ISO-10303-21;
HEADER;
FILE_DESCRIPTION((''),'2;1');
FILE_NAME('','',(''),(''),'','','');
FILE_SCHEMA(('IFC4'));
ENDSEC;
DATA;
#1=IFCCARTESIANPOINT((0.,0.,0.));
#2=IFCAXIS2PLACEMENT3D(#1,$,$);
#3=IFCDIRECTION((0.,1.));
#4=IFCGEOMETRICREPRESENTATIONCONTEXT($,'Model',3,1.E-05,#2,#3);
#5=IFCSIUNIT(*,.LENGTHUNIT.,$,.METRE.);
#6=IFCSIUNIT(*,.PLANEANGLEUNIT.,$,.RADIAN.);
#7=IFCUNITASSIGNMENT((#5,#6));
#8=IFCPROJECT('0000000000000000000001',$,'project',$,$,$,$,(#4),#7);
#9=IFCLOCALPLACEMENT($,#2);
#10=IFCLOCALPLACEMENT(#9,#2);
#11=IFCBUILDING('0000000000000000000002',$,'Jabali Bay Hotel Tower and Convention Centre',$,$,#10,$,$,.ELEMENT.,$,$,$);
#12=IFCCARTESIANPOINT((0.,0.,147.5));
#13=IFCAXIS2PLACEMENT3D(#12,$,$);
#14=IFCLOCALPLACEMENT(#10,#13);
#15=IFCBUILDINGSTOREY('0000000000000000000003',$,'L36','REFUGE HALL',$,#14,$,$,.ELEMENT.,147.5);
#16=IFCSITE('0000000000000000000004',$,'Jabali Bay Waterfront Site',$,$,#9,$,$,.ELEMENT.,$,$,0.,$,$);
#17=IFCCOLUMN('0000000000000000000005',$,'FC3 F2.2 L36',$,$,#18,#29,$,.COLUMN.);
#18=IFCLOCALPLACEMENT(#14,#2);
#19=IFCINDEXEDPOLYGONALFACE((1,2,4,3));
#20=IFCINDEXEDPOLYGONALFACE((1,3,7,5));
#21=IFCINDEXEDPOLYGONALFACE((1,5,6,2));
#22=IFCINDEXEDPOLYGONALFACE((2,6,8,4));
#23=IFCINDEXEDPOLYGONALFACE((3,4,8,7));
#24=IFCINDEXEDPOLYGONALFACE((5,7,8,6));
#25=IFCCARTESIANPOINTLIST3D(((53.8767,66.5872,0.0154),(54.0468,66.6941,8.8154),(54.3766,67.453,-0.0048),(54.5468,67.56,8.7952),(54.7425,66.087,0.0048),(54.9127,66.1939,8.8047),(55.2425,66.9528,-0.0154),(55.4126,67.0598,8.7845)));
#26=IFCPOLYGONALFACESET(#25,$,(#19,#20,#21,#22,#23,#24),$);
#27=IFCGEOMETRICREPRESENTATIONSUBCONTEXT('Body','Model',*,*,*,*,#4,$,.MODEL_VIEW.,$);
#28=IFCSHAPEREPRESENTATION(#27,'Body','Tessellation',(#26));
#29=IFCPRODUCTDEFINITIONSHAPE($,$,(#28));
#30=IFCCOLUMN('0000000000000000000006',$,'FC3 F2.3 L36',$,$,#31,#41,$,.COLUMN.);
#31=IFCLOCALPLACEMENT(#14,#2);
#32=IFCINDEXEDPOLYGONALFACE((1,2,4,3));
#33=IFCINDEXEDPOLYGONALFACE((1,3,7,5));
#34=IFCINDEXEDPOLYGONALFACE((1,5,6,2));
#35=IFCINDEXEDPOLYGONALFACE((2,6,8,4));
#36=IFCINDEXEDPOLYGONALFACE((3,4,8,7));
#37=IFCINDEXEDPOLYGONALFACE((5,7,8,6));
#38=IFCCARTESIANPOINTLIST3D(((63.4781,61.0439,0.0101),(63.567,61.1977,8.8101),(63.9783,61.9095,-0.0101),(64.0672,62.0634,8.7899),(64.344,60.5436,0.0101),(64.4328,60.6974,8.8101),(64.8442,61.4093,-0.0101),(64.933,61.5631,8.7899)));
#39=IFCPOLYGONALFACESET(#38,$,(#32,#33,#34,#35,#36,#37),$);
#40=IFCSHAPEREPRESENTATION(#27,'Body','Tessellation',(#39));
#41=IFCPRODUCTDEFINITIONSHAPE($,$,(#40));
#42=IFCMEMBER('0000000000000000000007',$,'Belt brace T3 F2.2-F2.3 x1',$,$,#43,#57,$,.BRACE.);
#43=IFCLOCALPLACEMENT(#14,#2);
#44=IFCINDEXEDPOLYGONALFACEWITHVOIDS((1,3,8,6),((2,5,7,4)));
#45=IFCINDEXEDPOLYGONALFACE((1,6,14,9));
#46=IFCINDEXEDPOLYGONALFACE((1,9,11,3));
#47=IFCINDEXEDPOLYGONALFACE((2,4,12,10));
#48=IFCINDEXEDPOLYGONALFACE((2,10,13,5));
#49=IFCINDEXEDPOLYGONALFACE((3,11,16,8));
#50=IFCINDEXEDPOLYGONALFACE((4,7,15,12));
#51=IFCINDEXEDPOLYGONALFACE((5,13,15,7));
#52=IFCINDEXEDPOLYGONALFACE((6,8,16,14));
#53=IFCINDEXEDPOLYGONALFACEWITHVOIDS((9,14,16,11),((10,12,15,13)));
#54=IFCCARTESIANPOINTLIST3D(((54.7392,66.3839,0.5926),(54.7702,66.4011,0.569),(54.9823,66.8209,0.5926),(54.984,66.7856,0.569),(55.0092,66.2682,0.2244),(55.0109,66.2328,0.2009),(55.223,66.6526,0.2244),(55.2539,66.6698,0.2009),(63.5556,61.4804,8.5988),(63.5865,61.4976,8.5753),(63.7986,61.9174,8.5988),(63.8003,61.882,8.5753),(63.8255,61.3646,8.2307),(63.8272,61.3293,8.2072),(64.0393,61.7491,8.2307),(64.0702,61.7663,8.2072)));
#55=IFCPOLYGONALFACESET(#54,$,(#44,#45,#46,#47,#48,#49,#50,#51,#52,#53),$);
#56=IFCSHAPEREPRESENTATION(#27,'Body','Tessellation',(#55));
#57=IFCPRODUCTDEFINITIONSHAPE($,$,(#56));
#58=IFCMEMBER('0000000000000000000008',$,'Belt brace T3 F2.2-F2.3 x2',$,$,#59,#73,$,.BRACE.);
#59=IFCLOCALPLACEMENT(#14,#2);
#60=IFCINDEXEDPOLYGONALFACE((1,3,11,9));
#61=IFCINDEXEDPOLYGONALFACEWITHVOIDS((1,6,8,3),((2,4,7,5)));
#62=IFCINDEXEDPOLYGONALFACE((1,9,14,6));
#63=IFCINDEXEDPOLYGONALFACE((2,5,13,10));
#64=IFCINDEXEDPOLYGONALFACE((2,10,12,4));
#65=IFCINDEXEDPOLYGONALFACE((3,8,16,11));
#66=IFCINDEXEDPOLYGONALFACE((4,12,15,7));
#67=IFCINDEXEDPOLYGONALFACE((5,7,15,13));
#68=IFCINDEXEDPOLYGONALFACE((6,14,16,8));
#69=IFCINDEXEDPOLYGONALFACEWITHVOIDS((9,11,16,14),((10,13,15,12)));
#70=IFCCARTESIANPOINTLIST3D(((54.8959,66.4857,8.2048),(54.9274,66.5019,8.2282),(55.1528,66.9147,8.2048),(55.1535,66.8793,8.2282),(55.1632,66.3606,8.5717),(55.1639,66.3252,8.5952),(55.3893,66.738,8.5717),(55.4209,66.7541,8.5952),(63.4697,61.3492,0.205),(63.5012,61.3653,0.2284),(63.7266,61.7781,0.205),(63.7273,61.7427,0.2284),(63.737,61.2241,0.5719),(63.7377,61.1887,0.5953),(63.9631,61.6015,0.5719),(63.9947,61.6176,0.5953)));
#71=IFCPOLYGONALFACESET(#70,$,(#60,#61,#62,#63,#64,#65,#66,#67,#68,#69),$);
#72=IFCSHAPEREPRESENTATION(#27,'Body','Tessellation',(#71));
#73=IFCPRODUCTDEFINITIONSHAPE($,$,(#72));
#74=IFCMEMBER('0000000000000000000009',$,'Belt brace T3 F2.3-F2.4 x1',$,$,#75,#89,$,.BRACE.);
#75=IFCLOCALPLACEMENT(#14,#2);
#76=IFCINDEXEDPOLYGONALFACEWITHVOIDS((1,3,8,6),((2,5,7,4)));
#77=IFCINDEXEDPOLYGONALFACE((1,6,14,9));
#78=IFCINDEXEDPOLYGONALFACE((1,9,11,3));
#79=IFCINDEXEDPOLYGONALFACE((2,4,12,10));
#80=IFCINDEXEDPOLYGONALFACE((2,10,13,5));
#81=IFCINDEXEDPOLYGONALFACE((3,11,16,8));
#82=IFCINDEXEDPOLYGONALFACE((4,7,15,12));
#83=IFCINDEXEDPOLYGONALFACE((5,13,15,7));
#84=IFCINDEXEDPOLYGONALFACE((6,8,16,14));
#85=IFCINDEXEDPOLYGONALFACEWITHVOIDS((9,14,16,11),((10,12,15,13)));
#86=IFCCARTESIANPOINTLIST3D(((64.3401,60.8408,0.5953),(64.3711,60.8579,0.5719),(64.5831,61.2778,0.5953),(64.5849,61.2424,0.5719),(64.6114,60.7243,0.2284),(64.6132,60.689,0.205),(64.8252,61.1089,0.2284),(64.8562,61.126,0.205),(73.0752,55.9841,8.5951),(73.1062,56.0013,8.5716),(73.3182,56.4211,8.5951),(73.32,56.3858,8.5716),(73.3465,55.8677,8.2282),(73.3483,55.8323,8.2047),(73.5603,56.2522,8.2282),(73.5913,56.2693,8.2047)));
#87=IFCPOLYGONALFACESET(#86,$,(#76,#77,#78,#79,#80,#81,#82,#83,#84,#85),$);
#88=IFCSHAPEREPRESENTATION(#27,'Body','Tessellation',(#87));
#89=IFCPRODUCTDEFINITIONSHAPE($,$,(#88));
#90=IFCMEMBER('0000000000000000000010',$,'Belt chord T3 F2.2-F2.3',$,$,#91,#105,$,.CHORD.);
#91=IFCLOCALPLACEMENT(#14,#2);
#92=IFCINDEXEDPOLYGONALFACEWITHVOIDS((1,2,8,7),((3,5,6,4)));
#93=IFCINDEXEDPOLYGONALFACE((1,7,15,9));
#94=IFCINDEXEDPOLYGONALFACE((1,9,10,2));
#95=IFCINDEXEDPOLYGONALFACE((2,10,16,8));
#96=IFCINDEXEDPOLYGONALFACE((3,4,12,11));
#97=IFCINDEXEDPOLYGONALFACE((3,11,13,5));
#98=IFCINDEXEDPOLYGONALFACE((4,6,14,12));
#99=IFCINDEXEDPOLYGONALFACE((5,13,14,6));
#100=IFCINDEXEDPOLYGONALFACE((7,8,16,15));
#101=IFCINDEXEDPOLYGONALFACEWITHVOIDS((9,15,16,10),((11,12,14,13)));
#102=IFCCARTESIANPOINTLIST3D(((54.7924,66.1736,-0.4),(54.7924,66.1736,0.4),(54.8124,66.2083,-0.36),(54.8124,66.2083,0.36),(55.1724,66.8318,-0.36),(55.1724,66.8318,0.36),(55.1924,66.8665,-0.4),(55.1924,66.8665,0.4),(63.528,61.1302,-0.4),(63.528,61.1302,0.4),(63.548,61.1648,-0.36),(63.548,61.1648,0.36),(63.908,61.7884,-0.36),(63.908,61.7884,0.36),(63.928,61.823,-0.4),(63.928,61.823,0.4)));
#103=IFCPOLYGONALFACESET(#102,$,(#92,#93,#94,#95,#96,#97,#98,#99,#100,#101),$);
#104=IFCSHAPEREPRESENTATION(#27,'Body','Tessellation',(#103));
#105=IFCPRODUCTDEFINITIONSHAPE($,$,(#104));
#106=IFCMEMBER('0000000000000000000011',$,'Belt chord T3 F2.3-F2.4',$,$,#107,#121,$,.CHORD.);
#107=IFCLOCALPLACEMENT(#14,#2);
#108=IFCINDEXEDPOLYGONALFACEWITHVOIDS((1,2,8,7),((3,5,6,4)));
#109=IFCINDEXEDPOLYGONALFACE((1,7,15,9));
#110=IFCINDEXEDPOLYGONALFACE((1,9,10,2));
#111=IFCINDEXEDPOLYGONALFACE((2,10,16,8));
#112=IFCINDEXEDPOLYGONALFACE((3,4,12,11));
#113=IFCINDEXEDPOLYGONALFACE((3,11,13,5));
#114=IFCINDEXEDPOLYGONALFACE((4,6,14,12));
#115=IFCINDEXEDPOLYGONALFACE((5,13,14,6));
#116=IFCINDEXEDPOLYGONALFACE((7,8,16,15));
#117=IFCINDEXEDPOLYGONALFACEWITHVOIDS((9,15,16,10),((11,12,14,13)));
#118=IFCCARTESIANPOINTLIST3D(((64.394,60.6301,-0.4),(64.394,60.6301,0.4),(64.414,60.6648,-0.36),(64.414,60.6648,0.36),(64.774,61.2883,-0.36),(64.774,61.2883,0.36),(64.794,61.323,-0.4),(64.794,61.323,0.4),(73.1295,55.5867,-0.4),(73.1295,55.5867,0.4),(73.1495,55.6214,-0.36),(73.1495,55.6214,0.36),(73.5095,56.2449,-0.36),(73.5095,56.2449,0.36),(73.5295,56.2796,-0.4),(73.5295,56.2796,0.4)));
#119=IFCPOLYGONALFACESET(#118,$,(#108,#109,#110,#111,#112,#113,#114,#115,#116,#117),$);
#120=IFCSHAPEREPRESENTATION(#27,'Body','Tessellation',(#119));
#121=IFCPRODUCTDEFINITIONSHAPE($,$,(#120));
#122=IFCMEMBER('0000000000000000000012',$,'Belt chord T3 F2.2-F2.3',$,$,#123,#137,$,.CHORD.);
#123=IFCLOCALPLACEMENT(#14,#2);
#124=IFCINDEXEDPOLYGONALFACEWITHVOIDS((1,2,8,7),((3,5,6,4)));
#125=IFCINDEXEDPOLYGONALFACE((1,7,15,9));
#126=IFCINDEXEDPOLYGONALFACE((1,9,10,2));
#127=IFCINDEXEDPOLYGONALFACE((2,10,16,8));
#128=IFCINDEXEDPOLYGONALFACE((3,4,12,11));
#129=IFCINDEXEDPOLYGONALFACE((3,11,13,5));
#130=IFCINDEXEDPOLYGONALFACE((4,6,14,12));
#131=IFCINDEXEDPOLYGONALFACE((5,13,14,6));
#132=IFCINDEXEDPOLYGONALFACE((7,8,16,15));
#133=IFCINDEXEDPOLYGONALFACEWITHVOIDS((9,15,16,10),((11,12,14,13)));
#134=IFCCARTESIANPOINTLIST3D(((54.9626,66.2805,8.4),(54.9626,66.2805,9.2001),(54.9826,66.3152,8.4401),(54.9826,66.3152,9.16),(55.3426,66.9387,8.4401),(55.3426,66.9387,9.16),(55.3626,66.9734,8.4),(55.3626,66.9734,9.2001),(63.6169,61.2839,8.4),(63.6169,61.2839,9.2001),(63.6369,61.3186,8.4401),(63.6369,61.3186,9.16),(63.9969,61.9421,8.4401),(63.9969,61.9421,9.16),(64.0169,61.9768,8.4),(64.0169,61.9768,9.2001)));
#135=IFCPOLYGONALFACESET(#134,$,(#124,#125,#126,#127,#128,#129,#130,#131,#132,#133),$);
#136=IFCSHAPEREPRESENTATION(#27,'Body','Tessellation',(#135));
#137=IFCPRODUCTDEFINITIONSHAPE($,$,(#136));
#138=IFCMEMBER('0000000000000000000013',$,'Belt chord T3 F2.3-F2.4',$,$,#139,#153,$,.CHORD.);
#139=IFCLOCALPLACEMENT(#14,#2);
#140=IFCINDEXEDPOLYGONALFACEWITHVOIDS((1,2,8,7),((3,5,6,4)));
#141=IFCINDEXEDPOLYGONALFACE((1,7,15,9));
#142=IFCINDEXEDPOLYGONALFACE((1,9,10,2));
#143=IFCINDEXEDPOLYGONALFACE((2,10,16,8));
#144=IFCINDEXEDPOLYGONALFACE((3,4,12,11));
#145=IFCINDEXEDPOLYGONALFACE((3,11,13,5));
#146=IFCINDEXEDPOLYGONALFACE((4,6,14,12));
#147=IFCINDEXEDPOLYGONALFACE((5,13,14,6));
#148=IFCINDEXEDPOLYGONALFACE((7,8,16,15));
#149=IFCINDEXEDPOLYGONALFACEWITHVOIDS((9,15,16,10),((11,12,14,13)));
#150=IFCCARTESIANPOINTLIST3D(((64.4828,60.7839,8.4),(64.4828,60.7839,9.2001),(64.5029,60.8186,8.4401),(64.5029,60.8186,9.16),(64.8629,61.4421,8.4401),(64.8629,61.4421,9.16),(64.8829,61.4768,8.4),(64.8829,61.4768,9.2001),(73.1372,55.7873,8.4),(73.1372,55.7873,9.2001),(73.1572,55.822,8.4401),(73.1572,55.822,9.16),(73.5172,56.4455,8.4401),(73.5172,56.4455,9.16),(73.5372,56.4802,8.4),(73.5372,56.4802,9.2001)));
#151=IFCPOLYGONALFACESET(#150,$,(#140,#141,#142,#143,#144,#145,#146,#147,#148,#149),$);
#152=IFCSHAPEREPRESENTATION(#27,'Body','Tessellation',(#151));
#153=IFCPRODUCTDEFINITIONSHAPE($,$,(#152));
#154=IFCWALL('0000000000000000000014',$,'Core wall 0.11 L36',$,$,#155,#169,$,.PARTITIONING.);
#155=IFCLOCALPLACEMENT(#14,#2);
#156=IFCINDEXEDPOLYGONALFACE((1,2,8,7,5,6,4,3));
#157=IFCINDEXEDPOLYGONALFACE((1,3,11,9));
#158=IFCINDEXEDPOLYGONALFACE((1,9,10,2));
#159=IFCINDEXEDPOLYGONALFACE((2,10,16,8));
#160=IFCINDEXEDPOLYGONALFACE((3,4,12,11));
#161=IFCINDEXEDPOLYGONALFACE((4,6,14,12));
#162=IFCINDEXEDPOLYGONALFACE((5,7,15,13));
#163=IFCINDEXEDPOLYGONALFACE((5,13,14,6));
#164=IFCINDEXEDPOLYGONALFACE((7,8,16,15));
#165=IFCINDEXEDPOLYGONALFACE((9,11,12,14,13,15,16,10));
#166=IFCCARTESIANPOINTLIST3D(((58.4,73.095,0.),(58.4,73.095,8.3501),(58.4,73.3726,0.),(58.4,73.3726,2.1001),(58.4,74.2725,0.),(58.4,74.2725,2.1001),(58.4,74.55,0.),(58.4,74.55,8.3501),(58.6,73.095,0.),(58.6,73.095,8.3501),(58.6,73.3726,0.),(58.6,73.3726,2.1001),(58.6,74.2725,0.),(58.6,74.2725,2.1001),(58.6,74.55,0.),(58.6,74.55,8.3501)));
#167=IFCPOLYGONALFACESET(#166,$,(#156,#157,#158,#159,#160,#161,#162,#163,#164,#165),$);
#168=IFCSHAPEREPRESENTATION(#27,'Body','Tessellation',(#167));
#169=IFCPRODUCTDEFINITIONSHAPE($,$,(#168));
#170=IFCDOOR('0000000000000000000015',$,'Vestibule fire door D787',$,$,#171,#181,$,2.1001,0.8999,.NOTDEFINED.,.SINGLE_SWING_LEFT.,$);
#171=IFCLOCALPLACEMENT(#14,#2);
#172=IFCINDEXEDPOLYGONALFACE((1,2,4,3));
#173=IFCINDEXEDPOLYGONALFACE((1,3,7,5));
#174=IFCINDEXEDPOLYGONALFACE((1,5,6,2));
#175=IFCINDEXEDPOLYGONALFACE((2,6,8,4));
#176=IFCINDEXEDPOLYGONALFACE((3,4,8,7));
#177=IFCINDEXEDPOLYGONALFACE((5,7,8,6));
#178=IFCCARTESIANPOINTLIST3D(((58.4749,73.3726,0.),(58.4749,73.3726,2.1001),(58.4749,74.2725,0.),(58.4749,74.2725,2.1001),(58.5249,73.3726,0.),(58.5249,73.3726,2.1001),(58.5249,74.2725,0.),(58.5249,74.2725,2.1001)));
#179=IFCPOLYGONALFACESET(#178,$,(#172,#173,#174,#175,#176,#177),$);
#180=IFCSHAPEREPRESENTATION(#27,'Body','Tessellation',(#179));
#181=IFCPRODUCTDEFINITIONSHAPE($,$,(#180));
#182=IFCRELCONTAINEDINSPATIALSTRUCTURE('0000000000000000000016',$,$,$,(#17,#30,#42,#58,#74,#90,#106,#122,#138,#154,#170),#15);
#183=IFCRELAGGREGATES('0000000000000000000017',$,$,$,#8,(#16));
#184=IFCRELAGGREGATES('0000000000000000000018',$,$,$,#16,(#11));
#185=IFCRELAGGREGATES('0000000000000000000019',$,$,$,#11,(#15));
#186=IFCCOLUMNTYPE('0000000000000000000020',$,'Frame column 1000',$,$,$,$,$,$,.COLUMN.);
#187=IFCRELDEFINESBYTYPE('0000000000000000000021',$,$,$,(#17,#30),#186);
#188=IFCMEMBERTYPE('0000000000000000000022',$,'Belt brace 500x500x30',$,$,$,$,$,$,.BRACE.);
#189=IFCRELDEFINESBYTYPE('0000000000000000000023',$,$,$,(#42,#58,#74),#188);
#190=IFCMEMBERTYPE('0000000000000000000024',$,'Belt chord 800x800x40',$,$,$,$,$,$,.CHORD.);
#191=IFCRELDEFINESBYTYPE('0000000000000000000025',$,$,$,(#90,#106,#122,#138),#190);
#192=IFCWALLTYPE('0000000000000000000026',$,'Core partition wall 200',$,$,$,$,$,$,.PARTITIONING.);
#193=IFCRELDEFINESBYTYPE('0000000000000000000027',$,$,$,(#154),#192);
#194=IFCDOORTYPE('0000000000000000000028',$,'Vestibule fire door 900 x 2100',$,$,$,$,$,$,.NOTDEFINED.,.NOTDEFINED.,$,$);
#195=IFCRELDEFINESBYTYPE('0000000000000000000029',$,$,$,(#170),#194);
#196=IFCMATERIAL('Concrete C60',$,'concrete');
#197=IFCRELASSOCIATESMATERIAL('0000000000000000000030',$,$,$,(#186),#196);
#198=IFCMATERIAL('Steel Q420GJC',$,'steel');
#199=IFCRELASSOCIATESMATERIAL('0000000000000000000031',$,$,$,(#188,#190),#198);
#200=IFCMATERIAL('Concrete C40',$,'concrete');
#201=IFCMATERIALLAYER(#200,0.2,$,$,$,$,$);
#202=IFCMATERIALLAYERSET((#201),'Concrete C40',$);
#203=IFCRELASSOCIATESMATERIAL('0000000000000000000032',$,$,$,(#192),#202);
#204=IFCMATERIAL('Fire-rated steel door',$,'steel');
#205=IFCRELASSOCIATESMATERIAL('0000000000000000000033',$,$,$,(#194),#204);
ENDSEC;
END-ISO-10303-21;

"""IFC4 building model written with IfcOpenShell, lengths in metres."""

from ifc_helpers import new_model, si_unit, direction, frame, frame_2d, origin, origin_2d, place, context, subcontext, project, spatial, rectangle, hollow_rectangle, extrude, material, layer, layer_set, material_profile, profile_set, type_object, element, fill, save


model = new_model("IFC4")

# Units and contexts
model_context = context("Model", 3, precision=1e-05, world=origin(), true_north=direction((0.0, 1.0)))
body_context = subcontext(model_context, "Body", "Model", "MODEL_VIEW")
ifc_project = project(units=[si_unit("LENGTHUNIT", "METRE"), si_unit("PLANEANGLEUNIT", "RADIAN")], contexts=[model_context])

# Site, building, storey
site_placement = place(None, origin())
site = spatial("IfcSite", under=ifc_project, at=site_placement, Name="Jabali Bay Waterfront Site", CompositionType="ELEMENT", RefElevation=0.0)
building_placement = place(site_placement, origin())
building = spatial("IfcBuilding", under=site, at=building_placement, Name="Jabali Bay Hotel Tower and Convention Centre", CompositionType="ELEMENT")
storey_placement = place(building_placement, frame((0.0, 0.0, 147.5)))
storey = spatial("IfcBuildingStorey", under=building, at=storey_placement, Name="L36", Description="REFUGE HALL", CompositionType="ELEMENT", Elevation=147.5)

# Columns
ifc_material_1 = material(Name="Concrete C60", Category="concrete")
ifc_material_profile_1 = material_profile(ifc_material_1, rectangle(XDim=1.0, YDim=1.0, at=origin_2d()), Name="Frame column 1000")
ifc_profile_set_1 = profile_set([ifc_material_profile_1], Name="Concrete C60")
column_type = type_object("IfcColumnType", Name="Frame column 1000", PredefinedType="COLUMN", material=ifc_profile_set_1)
column_1_placement = place(storey_placement, frame((54.5596, 66.77, 0.0), z_axis=(0.019332, 0.012148, 0.999739), x_axis=(-0.865839, 0.500209, 0.010664)))
element("IfcColumn", 1, at=column_1_placement, inside=storey, type_object=column_type, Name="FC3 F2.2 L36", PredefinedType="COLUMN", context=body_context, shape_type="SweptSolid", body=[
    extrude(rectangle(XDim=1.0, YDim=1.0, at=origin_2d()), origin(), (0.0, 0.0, 1.0), 8.8022),
])
column_2_placement = place(storey_placement, frame((64.1611, 61.2266, 0.0), z_axis=(0.010096, 0.017475, 0.999796), x_axis=(-0.500179, -0.865687, 0.020182)))
element("IfcColumn", 2, at=column_2_placement, inside=storey, type_object=column_type, Name="FC3 F2.3 L36", PredefinedType="COLUMN", context=body_context, shape_type="SweptSolid", body=[
    extrude(rectangle(XDim=1.0, YDim=1.0, at=origin_2d()), origin(), (0.0, 0.0, 1.0), 8.8018),
])

# Members
ifc_material_2 = material(Name="Steel Q420GJC", Category="steel")
ifc_material_profile_2 = material_profile(ifc_material_2, hollow_rectangle(XDim=0.5, YDim=0.5, WallThickness=0.03, at=origin_2d()), Name="Belt brace 500x500x30")
ifc_profile_set_2 = profile_set([ifc_material_profile_2], Name="Steel Q420GJC")
member_type_1 = type_object("IfcMemberType", Name="Belt brace 500x500x30", PredefinedType="BRACE", material=ifc_profile_set_2)
member_1_placement = place(storey_placement, frame((54.9966, 66.5269, 0.3967), z_axis=(0.684542, -0.380733, 0.621646), x_axis=(0.486064, 0.873923, 0.0)))
element("IfcMember", 3, at=member_1_placement, inside=storey, type_object=member_type_1, Name="Belt brace T3 F2.2-F2.3 x1", PredefinedType="BRACE", context=body_context, shape_type="SweptSolid", body=[
    extrude(hollow_rectangle(XDim=0.5, YDim=0.5, WallThickness=0.03, at=origin_2d()), origin(), (0.0, 0.0, 1.0), 12.8792),
])
member_2_placement = place(storey_placement, frame((63.7322, 61.4834, 0.4001), z_axis=(-0.669724, 0.401228, 0.624889), x_axis=(-0.513924, -0.857835, 0.0)))
element("IfcMember", 4, at=member_2_placement, inside=storey, type_object=member_type_1, Name="Belt brace T3 F2.2-F2.3 x2", PredefinedType="BRACE", context=body_context, shape_type="SweptSolid", body=[
    extrude(hollow_rectangle(XDim=0.5, YDim=0.5, WallThickness=0.03, at=origin_2d()), origin(), (0.0, 0.0, 1.0), 12.802),
])
member_3_placement = place(storey_placement, frame((64.5981, 60.9834, 0.4001), z_axis=(0.682335, -0.379376, 0.624894), x_axis=(0.485937, 0.873994, 0.0)))
element("IfcMember", 5, at=member_3_placement, inside=storey, type_object=member_type_1, Name="Belt brace T3 F2.3-F2.4 x1", PredefinedType="BRACE", context=body_context, shape_type="SweptSolid", body=[
    extrude(hollow_rectangle(XDim=0.5, YDim=0.5, WallThickness=0.03, at=origin_2d()), origin(), (0.0, 0.0, 1.0), 12.8018),
])
ifc_material_profile_3 = material_profile(ifc_material_2, hollow_rectangle(XDim=0.8, YDim=0.8, WallThickness=0.04, at=origin_2d()), Name="Belt chord 800x800x40")
ifc_profile_set_3 = profile_set([ifc_material_profile_3], Name="Steel Q420GJC")
member_type_2 = type_object("IfcMemberType", Name="Belt chord 800x800x40", PredefinedType="CHORD", material=ifc_profile_set_3)
for number, where, z_axis, x_axis, name in (
    (6, (54.9924, 66.52, 0.0), (0.866027, -0.499997, 0.0), (0.499997, 0.866027, 0.0), "Belt chord T3 F2.2-F2.3"),
    (7, (64.594, 60.9766, 0.0), (0.866027, -0.499997, 0.0), (0.499997, 0.866027, 0.0), "Belt chord T3 F2.3-F2.4"),
):
    element("IfcMember", number, at=place(storey_placement, frame(where, z_axis=z_axis, x_axis=x_axis)), inside=storey, type_object=member_type_2, Name=name, PredefinedType="CHORD", context=body_context, shape_type="SweptSolid", body=[
        extrude(hollow_rectangle(XDim=0.8, YDim=0.8, WallThickness=0.04, at=origin_2d()), origin(), (0.0, 0.0, 1.0), 10.0869),
    ])
for number, where, z_axis, x_axis, name in (
    (8, (55.1626, 66.627, 8.8), (0.866024, -0.500002, 0.0), (0.500002, 0.866024, 0.0), "Belt chord T3 F2.2-F2.3"),
    (9, (64.6829, 61.1304, 8.8), (0.866024, -0.500002, 0.0), (0.500002, 0.866024, 0.0), "Belt chord T3 F2.3-F2.4"),
):
    element("IfcMember", number, at=place(storey_placement, frame(where, z_axis=z_axis, x_axis=x_axis)), inside=storey, type_object=member_type_2, Name=name, PredefinedType="CHORD", context=body_context, shape_type="SweptSolid", body=[
        extrude(hollow_rectangle(XDim=0.8, YDim=0.8, WallThickness=0.04, at=origin_2d()), origin(), (0.0, 0.0, 1.0), 9.9932),
    ])

# Wall, opening, door
ifc_material_3 = material(Name="Concrete C40", Category="concrete")
ifc_layer_1 = layer(ifc_material_3, 0.2)
ifc_layer_set_1 = layer_set([ifc_layer_1], Name="Concrete C40")
wall_type_1 = type_object("IfcWallType", Name="Core partition wall 200", PredefinedType="PARTITIONING", material=ifc_layer_set_1)
wall_1_placement = place(storey_placement, frame((58.5, 74.55, 0.0), z_axis=(0.0, 0.0, 1.0), x_axis=(0.0, -1.0, 0.0)))
wall_1 = element("IfcWall", 10, at=wall_1_placement, inside=storey, type_object=wall_type_1, Name="Core wall 0.11 L36", PredefinedType="PARTITIONING", context=body_context, shape_type="SweptSolid", body=[
    extrude(rectangle(XDim=1.4551, YDim=0.2, at=frame_2d((0.7275, 0.0))), origin(), (0.0, 0.0, 1.0), 8.3501),
])
opening_1_placement = place(wall_1_placement, frame((0.2776, 0.0, 0.0)))
opening_1 = element("IfcOpeningElement", 11, at=opening_1_placement, cuts=wall_1, PredefinedType="OPENING", context=body_context, shape_type="SweptSolid", body=[
    extrude(rectangle(XDim=0.8999, YDim=2.1001, at=frame_2d((0.45, 1.05))), frame((0.0, 0.1104, 0.0), z_axis=(0.0, -1.0, 0.0), x_axis=(1.0, 0.0, 0.0)), (0.0, 0.0, 1.0), 0.2209),
])
ifc_material_4 = material(Name="Fire-rated steel door", Category="steel")
door_type_1 = type_object("IfcDoorType", Name="Vestibule fire door 900 x 2100", OperationType="NOTDEFINED", PredefinedType="NOTDEFINED", material=ifc_material_4)
door_1_placement = place(opening_1_placement, origin())
door_1 = element("IfcDoor", 12, at=door_1_placement, inside=storey, type_object=door_type_1, Name="Vestibule fire door D787", OperationType="SINGLE_SWING_LEFT", OverallHeight=2.1001, OverallWidth=0.8999, PredefinedType="NOTDEFINED", context=body_context, shape_type="SweptSolid", body=[
    extrude(rectangle(XDim=0.8999, YDim=2.1001, at=frame_2d((0.45, 1.05))), frame((0.0, 0.0249, 0.0), z_axis=(0.0, -1.0, 0.0), x_axis=(1.0, 0.0, 0.0)), (0.0, 0.0, 1.0), 0.05),
])
fill(opening_1, door_1)

save(model, "model.ifc")
